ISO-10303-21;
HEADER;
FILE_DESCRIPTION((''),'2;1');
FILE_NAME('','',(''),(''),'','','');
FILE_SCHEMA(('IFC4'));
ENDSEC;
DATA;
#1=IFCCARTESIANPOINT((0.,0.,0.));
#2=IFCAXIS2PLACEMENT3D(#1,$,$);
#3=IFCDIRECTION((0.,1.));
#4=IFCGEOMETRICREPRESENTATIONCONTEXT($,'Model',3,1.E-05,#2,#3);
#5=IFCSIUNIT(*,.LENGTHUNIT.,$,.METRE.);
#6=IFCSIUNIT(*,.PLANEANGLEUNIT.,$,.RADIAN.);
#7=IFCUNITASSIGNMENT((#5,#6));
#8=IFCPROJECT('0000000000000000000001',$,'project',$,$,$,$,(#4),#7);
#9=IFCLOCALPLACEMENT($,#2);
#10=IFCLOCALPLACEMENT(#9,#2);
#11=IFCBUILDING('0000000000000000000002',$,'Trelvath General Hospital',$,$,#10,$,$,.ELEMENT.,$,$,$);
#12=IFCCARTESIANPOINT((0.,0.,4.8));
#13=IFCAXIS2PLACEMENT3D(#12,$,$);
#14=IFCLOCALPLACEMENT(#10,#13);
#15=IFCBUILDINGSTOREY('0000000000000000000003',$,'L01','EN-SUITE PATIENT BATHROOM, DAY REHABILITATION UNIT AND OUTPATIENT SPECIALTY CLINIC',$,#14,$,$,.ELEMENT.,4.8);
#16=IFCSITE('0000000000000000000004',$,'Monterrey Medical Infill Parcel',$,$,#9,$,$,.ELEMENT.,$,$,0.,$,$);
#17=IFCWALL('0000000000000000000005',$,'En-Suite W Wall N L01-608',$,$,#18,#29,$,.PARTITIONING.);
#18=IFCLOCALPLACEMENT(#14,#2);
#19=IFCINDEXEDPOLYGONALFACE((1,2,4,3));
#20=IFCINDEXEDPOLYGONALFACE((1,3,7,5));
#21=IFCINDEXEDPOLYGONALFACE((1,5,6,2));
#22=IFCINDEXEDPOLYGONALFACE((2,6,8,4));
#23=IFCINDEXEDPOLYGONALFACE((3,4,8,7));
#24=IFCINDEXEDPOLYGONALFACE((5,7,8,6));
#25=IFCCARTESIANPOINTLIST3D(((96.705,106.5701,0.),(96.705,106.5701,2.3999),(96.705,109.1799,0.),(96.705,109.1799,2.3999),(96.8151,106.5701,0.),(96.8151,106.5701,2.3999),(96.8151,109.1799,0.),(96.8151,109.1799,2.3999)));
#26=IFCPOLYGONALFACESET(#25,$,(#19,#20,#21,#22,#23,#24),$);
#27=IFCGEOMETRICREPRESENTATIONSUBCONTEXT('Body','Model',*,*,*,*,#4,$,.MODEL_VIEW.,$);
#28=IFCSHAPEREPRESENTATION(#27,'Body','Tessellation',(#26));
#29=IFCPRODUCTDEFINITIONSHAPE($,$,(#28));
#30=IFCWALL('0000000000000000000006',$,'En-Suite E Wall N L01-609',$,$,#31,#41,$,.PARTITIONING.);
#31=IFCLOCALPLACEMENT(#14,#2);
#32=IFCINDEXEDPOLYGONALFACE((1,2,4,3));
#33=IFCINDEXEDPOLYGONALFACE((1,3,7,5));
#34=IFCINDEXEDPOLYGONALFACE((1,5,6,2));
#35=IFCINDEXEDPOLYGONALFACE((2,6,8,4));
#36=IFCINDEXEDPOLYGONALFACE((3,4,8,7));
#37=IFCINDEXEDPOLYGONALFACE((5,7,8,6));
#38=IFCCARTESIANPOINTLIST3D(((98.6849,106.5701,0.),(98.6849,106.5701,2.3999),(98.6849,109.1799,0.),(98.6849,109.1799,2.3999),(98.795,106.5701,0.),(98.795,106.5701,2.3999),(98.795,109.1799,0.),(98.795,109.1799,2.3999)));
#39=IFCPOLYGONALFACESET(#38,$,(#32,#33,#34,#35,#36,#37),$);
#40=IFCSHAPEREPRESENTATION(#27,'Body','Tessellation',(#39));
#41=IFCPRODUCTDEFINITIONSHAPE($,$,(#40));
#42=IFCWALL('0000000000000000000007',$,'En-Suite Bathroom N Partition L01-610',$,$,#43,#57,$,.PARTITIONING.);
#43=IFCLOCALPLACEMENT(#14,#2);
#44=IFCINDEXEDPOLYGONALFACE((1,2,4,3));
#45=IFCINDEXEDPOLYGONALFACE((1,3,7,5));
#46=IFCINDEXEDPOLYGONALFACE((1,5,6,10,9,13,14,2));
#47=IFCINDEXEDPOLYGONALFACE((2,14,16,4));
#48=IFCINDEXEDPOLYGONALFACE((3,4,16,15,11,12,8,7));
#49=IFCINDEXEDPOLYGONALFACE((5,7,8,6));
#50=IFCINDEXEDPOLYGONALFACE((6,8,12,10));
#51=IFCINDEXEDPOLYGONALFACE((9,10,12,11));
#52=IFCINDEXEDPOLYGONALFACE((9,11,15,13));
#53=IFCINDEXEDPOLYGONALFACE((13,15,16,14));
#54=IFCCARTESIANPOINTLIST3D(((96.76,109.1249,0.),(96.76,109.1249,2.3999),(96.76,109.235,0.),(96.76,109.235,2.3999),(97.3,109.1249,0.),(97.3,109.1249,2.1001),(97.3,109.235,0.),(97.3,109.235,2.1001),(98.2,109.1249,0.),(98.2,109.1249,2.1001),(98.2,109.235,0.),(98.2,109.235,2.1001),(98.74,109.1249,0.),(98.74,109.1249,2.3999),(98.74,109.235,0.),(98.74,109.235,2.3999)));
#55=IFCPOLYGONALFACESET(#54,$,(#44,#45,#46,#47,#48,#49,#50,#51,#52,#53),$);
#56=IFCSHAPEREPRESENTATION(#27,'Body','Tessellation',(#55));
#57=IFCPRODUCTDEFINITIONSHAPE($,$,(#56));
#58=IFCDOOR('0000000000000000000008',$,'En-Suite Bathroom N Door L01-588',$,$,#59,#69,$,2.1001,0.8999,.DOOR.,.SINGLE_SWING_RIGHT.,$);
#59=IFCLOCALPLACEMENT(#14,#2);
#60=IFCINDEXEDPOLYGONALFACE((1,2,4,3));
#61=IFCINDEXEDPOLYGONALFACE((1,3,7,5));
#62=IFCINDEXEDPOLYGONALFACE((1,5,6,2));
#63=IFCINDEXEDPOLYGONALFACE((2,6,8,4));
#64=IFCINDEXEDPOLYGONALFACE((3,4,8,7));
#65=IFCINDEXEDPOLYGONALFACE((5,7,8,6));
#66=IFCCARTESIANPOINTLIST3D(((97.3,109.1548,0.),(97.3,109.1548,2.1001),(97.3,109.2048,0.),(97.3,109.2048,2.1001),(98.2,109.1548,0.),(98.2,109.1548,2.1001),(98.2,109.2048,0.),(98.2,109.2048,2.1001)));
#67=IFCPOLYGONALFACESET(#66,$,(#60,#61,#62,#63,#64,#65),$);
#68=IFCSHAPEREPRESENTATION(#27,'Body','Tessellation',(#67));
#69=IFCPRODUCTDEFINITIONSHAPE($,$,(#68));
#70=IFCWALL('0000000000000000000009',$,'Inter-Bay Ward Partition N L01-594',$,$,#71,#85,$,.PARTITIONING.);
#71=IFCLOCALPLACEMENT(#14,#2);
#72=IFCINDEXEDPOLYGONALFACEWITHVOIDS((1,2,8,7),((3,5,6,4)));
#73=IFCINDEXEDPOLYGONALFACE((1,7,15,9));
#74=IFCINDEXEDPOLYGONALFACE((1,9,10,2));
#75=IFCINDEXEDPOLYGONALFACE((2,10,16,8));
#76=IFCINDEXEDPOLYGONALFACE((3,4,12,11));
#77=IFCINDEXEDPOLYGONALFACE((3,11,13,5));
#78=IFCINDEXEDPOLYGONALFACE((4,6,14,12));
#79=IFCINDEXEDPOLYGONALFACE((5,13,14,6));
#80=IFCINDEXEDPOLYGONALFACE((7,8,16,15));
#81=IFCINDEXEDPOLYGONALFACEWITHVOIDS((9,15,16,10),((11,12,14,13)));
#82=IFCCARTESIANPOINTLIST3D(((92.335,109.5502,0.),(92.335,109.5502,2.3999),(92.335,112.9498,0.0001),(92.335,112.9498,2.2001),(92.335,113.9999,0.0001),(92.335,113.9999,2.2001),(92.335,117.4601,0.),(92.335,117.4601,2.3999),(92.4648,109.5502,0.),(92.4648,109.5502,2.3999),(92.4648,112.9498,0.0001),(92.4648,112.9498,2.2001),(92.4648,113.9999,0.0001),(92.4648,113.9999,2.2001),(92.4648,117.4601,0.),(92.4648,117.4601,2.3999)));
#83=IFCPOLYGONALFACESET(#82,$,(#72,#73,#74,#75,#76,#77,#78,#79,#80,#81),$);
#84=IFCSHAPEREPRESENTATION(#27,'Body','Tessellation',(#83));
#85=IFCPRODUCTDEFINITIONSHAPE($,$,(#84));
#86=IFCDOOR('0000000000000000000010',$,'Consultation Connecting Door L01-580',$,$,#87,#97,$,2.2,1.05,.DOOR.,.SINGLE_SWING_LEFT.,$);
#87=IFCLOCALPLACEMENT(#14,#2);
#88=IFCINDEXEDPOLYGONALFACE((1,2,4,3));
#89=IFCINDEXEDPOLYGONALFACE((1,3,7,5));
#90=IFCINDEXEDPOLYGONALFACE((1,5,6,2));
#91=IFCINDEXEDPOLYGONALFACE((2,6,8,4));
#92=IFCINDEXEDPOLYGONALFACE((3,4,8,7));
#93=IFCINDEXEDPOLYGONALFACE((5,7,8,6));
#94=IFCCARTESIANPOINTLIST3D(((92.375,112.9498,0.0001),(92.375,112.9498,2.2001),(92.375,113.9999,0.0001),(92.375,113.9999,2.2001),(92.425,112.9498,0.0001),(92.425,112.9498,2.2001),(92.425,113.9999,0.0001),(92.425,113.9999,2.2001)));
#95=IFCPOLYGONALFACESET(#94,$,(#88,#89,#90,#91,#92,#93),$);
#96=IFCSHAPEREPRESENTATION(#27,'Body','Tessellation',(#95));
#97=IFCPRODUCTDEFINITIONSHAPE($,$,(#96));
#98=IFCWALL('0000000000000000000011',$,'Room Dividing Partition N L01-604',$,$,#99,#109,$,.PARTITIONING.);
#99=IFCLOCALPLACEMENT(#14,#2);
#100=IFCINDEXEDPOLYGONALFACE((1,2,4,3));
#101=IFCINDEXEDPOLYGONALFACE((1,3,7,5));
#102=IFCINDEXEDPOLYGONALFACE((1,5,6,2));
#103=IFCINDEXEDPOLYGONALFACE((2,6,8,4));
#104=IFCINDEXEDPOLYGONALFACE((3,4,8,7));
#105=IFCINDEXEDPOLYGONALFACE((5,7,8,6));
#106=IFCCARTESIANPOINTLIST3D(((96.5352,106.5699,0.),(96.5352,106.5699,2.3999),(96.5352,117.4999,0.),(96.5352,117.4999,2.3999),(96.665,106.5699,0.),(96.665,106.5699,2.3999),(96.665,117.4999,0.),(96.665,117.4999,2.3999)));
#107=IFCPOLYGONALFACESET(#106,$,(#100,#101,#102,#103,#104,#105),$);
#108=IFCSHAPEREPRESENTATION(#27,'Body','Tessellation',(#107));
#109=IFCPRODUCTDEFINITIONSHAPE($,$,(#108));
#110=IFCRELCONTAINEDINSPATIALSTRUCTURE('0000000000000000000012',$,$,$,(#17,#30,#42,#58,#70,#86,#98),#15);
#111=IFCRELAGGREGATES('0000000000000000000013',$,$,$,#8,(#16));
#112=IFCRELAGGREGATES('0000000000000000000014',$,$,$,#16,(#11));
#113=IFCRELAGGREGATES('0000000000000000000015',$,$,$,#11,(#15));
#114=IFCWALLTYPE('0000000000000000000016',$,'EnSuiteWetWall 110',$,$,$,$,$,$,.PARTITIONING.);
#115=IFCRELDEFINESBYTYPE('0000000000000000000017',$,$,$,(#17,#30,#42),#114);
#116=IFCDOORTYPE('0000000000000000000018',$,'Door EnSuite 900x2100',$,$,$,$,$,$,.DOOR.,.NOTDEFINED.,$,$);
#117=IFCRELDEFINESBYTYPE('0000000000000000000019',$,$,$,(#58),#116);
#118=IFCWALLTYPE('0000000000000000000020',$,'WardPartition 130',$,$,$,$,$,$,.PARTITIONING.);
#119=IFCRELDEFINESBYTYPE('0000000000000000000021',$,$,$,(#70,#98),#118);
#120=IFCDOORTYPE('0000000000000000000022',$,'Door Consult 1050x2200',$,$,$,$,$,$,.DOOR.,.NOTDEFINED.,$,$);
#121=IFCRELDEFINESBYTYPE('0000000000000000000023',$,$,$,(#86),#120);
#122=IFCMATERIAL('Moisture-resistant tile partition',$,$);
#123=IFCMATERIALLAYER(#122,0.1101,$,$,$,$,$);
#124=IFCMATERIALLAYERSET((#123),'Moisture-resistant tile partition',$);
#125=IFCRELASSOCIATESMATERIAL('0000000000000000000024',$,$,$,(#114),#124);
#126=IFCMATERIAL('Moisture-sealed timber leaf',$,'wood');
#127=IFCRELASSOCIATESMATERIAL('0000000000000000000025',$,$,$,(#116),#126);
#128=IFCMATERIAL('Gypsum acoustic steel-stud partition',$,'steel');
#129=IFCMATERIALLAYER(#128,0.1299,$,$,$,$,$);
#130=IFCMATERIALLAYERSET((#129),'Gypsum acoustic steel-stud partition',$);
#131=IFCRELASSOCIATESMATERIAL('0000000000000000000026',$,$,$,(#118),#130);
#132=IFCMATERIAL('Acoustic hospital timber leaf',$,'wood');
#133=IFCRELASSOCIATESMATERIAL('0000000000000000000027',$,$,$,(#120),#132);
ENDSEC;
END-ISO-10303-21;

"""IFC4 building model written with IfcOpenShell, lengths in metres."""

from ifc_helpers import new_model, si_unit, direction, frame, frame_2d, origin, place, context, subcontext, project, spatial, rectangle, extrude, material, layer, layer_set, type_object, element, fill, save


model = new_model("IFC4")

# Units and contexts
model_context = context("Model", 3, precision=1e-05, world=origin(), true_north=direction((0.0, 1.0)))
body_context = subcontext(model_context, "Body", "Model", "MODEL_VIEW")
ifc_project = project(units=[si_unit("LENGTHUNIT", "METRE"), si_unit("PLANEANGLEUNIT", "RADIAN")], contexts=[model_context])

# Site, building, storey
site_placement = place(None, origin())
site = spatial("IfcSite", under=ifc_project, at=site_placement, Name="Monterrey Medical Infill Parcel", CompositionType="ELEMENT", RefElevation=0.0)
building_placement = place(site_placement, origin())
building = spatial("IfcBuilding", under=site, at=building_placement, Name="Trelvath General Hospital", CompositionType="ELEMENT")
storey_placement = place(building_placement, frame((0.0, 0.0, 4.8)))
storey = spatial("IfcBuildingStorey", under=building, at=storey_placement, Name="L01", Description="EN-SUITE PATIENT BATHROOM, DAY REHABILITATION UNIT AND OUTPATIENT SPECIALTY CLINIC", CompositionType="ELEMENT", Elevation=4.8)

# Shared definitions
ifc_material_1 = material(Name="Moisture-resistant tile partition")
ifc_layer_1 = layer(ifc_material_1, 0.1101)
ifc_layer_set_1 = layer_set([ifc_layer_1], Name="Moisture-resistant tile partition")
wall_type_1 = type_object("IfcWallType", Name="EnSuiteWetWall 110", PredefinedType="PARTITIONING", material=ifc_layer_set_1)

# Shared definitions
ifc_material_2 = material(Name="Moisture-sealed timber leaf", Category="wood")
door_type_1 = type_object("IfcDoorType", Name="Door EnSuite 900x2100", OperationType="NOTDEFINED", PredefinedType="DOOR", material=ifc_material_2)

# Walls
for number, where, z_axis, x_axis, name in (
    (1, (96.76, 106.5701, 0.0), (0.0, 0.0, 1.0), (0.0, 1.0, 0.0), "En-Suite W Wall N L01-608"),
    (2, (98.74, 106.5701, 0.0), (0.0, 0.0, 1.0), (0.0, 1.0, 0.0), "En-Suite E Wall N L01-609"),
):
    element("IfcWall", number, at=place(storey_placement, frame(where, z_axis=z_axis, x_axis=x_axis)), inside=storey, type_object=wall_type_1, Name=name, PredefinedType="PARTITIONING", context=body_context, shape_type="SweptSolid", body=[
        extrude(rectangle(XDim=2.6099, YDim=0.1101, at=frame_2d((1.3049, 0.0))), origin(), (0.0, 0.0, 1.0), 2.3999),
    ])

# Walls, openings, doors
wall_1_placement = place(storey_placement, frame((96.76, 109.1799, 0.0), z_axis=(0.0, 0.0, 1.0), x_axis=(1.0, 0.0, 0.0)))
wall_1 = element("IfcWall", 3, at=wall_1_placement, inside=storey, type_object=wall_type_1, Name="En-Suite Bathroom N Partition L01-610", PredefinedType="PARTITIONING", context=body_context, shape_type="SweptSolid", body=[
    extrude(rectangle(XDim=1.98, YDim=0.1101, at=frame_2d((0.99, 0.0))), origin(), (0.0, 0.0, 1.0), 2.3999),
])
opening_1_placement = place(wall_1_placement, frame((0.54, 0.0, 0.0)))
opening_1 = element("IfcOpeningElement", 4, at=opening_1_placement, cuts=wall_1, PredefinedType="OPENING", context=body_context, shape_type="SweptSolid", body=[
    extrude(rectangle(XDim=0.8999, YDim=2.1001, at=frame_2d((0.45, 1.05))), frame((0.0, 0.0649, 0.0), z_axis=(0.0, -1.0, 0.0), x_axis=(1.0, 0.0, 0.0)), (0.0, 0.0, 1.0), 0.1301),
])
door_1_placement = place(opening_1_placement, origin())
door_1 = element("IfcDoor", 5, at=door_1_placement, inside=storey, type_object=door_type_1, Name="En-Suite Bathroom N Door L01-588", OperationType="SINGLE_SWING_RIGHT", OverallHeight=2.1001, OverallWidth=0.8999, PredefinedType="DOOR", context=body_context, shape_type="SweptSolid", body=[
    extrude(rectangle(XDim=0.8999, YDim=2.1001, at=frame_2d((0.45, 1.05))), frame((0.0, 0.0249, 0.0), z_axis=(0.0, -1.0, 0.0), x_axis=(1.0, 0.0, 0.0)), (0.0, 0.0, 1.0), 0.05),
])
fill(opening_1, door_1)
ifc_material_3 = material(Name="Gypsum acoustic steel-stud partition", Category="steel")
ifc_layer_2 = layer(ifc_material_3, 0.1299)
ifc_layer_set_2 = layer_set([ifc_layer_2], Name="Gypsum acoustic steel-stud partition")
wall_type_2 = type_object("IfcWallType", Name="WardPartition 130", PredefinedType="PARTITIONING", material=ifc_layer_set_2)
wall_2_placement = place(storey_placement, frame((92.3999, 109.55, 0.0), z_axis=(0.0, 0.0, 1.0), x_axis=(0.0, 1.0, 0.0)))
wall_2 = element("IfcWall", 6, at=wall_2_placement, inside=storey, type_object=wall_type_2, Name="Inter-Bay Ward Partition N L01-594", PredefinedType="PARTITIONING", context=body_context, shape_type="SweptSolid", body=[
    extrude(rectangle(XDim=7.9099, YDim=0.1299, at=frame_2d((3.9551, 0.0))), origin(), (0.0, 0.0, 1.0), 2.3999),
])
opening_2_placement = place(wall_2_placement, frame((3.3999, 0.0, 0.0)))
opening_2 = element("IfcOpeningElement", 7, at=opening_2_placement, cuts=wall_2, PredefinedType="OPENING", context=body_context, shape_type="SweptSolid", body=[
    extrude(rectangle(XDim=1.05, YDim=2.2, at=frame_2d((0.5249, 1.1001))), frame((0.0, 0.075, 0.0), z_axis=(0.0, -1.0, 0.0), x_axis=(1.0, 0.0, 0.0)), (0.0, 0.0, 1.0), 0.1499),
])
ifc_material_4 = material(Name="Acoustic hospital timber leaf", Category="wood")
door_type_2 = type_object("IfcDoorType", Name="Door Consult 1050x2200", OperationType="NOTDEFINED", PredefinedType="DOOR", material=ifc_material_4)
door_2_placement = place(opening_2_placement, origin())
door_2 = element("IfcDoor", 8, at=door_2_placement, inside=storey, type_object=door_type_2, Name="Consultation Connecting Door L01-580", OperationType="SINGLE_SWING_LEFT", OverallHeight=2.2, OverallWidth=1.05, PredefinedType="DOOR", context=body_context, shape_type="SweptSolid", body=[
    extrude(rectangle(XDim=1.05, YDim=2.2, at=frame_2d((0.5249, 1.1001))), frame((0.0, 0.0249, 0.0), z_axis=(0.0, -1.0, 0.0), x_axis=(1.0, 0.0, 0.0)), (0.0, 0.0, 1.0), 0.05),
])
fill(opening_2, door_2)

# Wall
wall_3_placement = place(storey_placement, frame((96.6001, 106.5701, 0.0), z_axis=(0.0, 0.0, 1.0), x_axis=(0.0, 1.0, 0.0)))
element("IfcWall", 9, at=wall_3_placement, inside=storey, type_object=wall_type_2, Name="Room Dividing Partition N L01-604", PredefinedType="PARTITIONING", context=body_context, shape_type="SweptSolid", body=[
    extrude(rectangle(XDim=10.9299, YDim=0.1299, at=frame_2d((5.4648, 0.0))), origin(), (0.0, 0.0, 1.0), 2.3999),
])

save(model, "model.ifc")
